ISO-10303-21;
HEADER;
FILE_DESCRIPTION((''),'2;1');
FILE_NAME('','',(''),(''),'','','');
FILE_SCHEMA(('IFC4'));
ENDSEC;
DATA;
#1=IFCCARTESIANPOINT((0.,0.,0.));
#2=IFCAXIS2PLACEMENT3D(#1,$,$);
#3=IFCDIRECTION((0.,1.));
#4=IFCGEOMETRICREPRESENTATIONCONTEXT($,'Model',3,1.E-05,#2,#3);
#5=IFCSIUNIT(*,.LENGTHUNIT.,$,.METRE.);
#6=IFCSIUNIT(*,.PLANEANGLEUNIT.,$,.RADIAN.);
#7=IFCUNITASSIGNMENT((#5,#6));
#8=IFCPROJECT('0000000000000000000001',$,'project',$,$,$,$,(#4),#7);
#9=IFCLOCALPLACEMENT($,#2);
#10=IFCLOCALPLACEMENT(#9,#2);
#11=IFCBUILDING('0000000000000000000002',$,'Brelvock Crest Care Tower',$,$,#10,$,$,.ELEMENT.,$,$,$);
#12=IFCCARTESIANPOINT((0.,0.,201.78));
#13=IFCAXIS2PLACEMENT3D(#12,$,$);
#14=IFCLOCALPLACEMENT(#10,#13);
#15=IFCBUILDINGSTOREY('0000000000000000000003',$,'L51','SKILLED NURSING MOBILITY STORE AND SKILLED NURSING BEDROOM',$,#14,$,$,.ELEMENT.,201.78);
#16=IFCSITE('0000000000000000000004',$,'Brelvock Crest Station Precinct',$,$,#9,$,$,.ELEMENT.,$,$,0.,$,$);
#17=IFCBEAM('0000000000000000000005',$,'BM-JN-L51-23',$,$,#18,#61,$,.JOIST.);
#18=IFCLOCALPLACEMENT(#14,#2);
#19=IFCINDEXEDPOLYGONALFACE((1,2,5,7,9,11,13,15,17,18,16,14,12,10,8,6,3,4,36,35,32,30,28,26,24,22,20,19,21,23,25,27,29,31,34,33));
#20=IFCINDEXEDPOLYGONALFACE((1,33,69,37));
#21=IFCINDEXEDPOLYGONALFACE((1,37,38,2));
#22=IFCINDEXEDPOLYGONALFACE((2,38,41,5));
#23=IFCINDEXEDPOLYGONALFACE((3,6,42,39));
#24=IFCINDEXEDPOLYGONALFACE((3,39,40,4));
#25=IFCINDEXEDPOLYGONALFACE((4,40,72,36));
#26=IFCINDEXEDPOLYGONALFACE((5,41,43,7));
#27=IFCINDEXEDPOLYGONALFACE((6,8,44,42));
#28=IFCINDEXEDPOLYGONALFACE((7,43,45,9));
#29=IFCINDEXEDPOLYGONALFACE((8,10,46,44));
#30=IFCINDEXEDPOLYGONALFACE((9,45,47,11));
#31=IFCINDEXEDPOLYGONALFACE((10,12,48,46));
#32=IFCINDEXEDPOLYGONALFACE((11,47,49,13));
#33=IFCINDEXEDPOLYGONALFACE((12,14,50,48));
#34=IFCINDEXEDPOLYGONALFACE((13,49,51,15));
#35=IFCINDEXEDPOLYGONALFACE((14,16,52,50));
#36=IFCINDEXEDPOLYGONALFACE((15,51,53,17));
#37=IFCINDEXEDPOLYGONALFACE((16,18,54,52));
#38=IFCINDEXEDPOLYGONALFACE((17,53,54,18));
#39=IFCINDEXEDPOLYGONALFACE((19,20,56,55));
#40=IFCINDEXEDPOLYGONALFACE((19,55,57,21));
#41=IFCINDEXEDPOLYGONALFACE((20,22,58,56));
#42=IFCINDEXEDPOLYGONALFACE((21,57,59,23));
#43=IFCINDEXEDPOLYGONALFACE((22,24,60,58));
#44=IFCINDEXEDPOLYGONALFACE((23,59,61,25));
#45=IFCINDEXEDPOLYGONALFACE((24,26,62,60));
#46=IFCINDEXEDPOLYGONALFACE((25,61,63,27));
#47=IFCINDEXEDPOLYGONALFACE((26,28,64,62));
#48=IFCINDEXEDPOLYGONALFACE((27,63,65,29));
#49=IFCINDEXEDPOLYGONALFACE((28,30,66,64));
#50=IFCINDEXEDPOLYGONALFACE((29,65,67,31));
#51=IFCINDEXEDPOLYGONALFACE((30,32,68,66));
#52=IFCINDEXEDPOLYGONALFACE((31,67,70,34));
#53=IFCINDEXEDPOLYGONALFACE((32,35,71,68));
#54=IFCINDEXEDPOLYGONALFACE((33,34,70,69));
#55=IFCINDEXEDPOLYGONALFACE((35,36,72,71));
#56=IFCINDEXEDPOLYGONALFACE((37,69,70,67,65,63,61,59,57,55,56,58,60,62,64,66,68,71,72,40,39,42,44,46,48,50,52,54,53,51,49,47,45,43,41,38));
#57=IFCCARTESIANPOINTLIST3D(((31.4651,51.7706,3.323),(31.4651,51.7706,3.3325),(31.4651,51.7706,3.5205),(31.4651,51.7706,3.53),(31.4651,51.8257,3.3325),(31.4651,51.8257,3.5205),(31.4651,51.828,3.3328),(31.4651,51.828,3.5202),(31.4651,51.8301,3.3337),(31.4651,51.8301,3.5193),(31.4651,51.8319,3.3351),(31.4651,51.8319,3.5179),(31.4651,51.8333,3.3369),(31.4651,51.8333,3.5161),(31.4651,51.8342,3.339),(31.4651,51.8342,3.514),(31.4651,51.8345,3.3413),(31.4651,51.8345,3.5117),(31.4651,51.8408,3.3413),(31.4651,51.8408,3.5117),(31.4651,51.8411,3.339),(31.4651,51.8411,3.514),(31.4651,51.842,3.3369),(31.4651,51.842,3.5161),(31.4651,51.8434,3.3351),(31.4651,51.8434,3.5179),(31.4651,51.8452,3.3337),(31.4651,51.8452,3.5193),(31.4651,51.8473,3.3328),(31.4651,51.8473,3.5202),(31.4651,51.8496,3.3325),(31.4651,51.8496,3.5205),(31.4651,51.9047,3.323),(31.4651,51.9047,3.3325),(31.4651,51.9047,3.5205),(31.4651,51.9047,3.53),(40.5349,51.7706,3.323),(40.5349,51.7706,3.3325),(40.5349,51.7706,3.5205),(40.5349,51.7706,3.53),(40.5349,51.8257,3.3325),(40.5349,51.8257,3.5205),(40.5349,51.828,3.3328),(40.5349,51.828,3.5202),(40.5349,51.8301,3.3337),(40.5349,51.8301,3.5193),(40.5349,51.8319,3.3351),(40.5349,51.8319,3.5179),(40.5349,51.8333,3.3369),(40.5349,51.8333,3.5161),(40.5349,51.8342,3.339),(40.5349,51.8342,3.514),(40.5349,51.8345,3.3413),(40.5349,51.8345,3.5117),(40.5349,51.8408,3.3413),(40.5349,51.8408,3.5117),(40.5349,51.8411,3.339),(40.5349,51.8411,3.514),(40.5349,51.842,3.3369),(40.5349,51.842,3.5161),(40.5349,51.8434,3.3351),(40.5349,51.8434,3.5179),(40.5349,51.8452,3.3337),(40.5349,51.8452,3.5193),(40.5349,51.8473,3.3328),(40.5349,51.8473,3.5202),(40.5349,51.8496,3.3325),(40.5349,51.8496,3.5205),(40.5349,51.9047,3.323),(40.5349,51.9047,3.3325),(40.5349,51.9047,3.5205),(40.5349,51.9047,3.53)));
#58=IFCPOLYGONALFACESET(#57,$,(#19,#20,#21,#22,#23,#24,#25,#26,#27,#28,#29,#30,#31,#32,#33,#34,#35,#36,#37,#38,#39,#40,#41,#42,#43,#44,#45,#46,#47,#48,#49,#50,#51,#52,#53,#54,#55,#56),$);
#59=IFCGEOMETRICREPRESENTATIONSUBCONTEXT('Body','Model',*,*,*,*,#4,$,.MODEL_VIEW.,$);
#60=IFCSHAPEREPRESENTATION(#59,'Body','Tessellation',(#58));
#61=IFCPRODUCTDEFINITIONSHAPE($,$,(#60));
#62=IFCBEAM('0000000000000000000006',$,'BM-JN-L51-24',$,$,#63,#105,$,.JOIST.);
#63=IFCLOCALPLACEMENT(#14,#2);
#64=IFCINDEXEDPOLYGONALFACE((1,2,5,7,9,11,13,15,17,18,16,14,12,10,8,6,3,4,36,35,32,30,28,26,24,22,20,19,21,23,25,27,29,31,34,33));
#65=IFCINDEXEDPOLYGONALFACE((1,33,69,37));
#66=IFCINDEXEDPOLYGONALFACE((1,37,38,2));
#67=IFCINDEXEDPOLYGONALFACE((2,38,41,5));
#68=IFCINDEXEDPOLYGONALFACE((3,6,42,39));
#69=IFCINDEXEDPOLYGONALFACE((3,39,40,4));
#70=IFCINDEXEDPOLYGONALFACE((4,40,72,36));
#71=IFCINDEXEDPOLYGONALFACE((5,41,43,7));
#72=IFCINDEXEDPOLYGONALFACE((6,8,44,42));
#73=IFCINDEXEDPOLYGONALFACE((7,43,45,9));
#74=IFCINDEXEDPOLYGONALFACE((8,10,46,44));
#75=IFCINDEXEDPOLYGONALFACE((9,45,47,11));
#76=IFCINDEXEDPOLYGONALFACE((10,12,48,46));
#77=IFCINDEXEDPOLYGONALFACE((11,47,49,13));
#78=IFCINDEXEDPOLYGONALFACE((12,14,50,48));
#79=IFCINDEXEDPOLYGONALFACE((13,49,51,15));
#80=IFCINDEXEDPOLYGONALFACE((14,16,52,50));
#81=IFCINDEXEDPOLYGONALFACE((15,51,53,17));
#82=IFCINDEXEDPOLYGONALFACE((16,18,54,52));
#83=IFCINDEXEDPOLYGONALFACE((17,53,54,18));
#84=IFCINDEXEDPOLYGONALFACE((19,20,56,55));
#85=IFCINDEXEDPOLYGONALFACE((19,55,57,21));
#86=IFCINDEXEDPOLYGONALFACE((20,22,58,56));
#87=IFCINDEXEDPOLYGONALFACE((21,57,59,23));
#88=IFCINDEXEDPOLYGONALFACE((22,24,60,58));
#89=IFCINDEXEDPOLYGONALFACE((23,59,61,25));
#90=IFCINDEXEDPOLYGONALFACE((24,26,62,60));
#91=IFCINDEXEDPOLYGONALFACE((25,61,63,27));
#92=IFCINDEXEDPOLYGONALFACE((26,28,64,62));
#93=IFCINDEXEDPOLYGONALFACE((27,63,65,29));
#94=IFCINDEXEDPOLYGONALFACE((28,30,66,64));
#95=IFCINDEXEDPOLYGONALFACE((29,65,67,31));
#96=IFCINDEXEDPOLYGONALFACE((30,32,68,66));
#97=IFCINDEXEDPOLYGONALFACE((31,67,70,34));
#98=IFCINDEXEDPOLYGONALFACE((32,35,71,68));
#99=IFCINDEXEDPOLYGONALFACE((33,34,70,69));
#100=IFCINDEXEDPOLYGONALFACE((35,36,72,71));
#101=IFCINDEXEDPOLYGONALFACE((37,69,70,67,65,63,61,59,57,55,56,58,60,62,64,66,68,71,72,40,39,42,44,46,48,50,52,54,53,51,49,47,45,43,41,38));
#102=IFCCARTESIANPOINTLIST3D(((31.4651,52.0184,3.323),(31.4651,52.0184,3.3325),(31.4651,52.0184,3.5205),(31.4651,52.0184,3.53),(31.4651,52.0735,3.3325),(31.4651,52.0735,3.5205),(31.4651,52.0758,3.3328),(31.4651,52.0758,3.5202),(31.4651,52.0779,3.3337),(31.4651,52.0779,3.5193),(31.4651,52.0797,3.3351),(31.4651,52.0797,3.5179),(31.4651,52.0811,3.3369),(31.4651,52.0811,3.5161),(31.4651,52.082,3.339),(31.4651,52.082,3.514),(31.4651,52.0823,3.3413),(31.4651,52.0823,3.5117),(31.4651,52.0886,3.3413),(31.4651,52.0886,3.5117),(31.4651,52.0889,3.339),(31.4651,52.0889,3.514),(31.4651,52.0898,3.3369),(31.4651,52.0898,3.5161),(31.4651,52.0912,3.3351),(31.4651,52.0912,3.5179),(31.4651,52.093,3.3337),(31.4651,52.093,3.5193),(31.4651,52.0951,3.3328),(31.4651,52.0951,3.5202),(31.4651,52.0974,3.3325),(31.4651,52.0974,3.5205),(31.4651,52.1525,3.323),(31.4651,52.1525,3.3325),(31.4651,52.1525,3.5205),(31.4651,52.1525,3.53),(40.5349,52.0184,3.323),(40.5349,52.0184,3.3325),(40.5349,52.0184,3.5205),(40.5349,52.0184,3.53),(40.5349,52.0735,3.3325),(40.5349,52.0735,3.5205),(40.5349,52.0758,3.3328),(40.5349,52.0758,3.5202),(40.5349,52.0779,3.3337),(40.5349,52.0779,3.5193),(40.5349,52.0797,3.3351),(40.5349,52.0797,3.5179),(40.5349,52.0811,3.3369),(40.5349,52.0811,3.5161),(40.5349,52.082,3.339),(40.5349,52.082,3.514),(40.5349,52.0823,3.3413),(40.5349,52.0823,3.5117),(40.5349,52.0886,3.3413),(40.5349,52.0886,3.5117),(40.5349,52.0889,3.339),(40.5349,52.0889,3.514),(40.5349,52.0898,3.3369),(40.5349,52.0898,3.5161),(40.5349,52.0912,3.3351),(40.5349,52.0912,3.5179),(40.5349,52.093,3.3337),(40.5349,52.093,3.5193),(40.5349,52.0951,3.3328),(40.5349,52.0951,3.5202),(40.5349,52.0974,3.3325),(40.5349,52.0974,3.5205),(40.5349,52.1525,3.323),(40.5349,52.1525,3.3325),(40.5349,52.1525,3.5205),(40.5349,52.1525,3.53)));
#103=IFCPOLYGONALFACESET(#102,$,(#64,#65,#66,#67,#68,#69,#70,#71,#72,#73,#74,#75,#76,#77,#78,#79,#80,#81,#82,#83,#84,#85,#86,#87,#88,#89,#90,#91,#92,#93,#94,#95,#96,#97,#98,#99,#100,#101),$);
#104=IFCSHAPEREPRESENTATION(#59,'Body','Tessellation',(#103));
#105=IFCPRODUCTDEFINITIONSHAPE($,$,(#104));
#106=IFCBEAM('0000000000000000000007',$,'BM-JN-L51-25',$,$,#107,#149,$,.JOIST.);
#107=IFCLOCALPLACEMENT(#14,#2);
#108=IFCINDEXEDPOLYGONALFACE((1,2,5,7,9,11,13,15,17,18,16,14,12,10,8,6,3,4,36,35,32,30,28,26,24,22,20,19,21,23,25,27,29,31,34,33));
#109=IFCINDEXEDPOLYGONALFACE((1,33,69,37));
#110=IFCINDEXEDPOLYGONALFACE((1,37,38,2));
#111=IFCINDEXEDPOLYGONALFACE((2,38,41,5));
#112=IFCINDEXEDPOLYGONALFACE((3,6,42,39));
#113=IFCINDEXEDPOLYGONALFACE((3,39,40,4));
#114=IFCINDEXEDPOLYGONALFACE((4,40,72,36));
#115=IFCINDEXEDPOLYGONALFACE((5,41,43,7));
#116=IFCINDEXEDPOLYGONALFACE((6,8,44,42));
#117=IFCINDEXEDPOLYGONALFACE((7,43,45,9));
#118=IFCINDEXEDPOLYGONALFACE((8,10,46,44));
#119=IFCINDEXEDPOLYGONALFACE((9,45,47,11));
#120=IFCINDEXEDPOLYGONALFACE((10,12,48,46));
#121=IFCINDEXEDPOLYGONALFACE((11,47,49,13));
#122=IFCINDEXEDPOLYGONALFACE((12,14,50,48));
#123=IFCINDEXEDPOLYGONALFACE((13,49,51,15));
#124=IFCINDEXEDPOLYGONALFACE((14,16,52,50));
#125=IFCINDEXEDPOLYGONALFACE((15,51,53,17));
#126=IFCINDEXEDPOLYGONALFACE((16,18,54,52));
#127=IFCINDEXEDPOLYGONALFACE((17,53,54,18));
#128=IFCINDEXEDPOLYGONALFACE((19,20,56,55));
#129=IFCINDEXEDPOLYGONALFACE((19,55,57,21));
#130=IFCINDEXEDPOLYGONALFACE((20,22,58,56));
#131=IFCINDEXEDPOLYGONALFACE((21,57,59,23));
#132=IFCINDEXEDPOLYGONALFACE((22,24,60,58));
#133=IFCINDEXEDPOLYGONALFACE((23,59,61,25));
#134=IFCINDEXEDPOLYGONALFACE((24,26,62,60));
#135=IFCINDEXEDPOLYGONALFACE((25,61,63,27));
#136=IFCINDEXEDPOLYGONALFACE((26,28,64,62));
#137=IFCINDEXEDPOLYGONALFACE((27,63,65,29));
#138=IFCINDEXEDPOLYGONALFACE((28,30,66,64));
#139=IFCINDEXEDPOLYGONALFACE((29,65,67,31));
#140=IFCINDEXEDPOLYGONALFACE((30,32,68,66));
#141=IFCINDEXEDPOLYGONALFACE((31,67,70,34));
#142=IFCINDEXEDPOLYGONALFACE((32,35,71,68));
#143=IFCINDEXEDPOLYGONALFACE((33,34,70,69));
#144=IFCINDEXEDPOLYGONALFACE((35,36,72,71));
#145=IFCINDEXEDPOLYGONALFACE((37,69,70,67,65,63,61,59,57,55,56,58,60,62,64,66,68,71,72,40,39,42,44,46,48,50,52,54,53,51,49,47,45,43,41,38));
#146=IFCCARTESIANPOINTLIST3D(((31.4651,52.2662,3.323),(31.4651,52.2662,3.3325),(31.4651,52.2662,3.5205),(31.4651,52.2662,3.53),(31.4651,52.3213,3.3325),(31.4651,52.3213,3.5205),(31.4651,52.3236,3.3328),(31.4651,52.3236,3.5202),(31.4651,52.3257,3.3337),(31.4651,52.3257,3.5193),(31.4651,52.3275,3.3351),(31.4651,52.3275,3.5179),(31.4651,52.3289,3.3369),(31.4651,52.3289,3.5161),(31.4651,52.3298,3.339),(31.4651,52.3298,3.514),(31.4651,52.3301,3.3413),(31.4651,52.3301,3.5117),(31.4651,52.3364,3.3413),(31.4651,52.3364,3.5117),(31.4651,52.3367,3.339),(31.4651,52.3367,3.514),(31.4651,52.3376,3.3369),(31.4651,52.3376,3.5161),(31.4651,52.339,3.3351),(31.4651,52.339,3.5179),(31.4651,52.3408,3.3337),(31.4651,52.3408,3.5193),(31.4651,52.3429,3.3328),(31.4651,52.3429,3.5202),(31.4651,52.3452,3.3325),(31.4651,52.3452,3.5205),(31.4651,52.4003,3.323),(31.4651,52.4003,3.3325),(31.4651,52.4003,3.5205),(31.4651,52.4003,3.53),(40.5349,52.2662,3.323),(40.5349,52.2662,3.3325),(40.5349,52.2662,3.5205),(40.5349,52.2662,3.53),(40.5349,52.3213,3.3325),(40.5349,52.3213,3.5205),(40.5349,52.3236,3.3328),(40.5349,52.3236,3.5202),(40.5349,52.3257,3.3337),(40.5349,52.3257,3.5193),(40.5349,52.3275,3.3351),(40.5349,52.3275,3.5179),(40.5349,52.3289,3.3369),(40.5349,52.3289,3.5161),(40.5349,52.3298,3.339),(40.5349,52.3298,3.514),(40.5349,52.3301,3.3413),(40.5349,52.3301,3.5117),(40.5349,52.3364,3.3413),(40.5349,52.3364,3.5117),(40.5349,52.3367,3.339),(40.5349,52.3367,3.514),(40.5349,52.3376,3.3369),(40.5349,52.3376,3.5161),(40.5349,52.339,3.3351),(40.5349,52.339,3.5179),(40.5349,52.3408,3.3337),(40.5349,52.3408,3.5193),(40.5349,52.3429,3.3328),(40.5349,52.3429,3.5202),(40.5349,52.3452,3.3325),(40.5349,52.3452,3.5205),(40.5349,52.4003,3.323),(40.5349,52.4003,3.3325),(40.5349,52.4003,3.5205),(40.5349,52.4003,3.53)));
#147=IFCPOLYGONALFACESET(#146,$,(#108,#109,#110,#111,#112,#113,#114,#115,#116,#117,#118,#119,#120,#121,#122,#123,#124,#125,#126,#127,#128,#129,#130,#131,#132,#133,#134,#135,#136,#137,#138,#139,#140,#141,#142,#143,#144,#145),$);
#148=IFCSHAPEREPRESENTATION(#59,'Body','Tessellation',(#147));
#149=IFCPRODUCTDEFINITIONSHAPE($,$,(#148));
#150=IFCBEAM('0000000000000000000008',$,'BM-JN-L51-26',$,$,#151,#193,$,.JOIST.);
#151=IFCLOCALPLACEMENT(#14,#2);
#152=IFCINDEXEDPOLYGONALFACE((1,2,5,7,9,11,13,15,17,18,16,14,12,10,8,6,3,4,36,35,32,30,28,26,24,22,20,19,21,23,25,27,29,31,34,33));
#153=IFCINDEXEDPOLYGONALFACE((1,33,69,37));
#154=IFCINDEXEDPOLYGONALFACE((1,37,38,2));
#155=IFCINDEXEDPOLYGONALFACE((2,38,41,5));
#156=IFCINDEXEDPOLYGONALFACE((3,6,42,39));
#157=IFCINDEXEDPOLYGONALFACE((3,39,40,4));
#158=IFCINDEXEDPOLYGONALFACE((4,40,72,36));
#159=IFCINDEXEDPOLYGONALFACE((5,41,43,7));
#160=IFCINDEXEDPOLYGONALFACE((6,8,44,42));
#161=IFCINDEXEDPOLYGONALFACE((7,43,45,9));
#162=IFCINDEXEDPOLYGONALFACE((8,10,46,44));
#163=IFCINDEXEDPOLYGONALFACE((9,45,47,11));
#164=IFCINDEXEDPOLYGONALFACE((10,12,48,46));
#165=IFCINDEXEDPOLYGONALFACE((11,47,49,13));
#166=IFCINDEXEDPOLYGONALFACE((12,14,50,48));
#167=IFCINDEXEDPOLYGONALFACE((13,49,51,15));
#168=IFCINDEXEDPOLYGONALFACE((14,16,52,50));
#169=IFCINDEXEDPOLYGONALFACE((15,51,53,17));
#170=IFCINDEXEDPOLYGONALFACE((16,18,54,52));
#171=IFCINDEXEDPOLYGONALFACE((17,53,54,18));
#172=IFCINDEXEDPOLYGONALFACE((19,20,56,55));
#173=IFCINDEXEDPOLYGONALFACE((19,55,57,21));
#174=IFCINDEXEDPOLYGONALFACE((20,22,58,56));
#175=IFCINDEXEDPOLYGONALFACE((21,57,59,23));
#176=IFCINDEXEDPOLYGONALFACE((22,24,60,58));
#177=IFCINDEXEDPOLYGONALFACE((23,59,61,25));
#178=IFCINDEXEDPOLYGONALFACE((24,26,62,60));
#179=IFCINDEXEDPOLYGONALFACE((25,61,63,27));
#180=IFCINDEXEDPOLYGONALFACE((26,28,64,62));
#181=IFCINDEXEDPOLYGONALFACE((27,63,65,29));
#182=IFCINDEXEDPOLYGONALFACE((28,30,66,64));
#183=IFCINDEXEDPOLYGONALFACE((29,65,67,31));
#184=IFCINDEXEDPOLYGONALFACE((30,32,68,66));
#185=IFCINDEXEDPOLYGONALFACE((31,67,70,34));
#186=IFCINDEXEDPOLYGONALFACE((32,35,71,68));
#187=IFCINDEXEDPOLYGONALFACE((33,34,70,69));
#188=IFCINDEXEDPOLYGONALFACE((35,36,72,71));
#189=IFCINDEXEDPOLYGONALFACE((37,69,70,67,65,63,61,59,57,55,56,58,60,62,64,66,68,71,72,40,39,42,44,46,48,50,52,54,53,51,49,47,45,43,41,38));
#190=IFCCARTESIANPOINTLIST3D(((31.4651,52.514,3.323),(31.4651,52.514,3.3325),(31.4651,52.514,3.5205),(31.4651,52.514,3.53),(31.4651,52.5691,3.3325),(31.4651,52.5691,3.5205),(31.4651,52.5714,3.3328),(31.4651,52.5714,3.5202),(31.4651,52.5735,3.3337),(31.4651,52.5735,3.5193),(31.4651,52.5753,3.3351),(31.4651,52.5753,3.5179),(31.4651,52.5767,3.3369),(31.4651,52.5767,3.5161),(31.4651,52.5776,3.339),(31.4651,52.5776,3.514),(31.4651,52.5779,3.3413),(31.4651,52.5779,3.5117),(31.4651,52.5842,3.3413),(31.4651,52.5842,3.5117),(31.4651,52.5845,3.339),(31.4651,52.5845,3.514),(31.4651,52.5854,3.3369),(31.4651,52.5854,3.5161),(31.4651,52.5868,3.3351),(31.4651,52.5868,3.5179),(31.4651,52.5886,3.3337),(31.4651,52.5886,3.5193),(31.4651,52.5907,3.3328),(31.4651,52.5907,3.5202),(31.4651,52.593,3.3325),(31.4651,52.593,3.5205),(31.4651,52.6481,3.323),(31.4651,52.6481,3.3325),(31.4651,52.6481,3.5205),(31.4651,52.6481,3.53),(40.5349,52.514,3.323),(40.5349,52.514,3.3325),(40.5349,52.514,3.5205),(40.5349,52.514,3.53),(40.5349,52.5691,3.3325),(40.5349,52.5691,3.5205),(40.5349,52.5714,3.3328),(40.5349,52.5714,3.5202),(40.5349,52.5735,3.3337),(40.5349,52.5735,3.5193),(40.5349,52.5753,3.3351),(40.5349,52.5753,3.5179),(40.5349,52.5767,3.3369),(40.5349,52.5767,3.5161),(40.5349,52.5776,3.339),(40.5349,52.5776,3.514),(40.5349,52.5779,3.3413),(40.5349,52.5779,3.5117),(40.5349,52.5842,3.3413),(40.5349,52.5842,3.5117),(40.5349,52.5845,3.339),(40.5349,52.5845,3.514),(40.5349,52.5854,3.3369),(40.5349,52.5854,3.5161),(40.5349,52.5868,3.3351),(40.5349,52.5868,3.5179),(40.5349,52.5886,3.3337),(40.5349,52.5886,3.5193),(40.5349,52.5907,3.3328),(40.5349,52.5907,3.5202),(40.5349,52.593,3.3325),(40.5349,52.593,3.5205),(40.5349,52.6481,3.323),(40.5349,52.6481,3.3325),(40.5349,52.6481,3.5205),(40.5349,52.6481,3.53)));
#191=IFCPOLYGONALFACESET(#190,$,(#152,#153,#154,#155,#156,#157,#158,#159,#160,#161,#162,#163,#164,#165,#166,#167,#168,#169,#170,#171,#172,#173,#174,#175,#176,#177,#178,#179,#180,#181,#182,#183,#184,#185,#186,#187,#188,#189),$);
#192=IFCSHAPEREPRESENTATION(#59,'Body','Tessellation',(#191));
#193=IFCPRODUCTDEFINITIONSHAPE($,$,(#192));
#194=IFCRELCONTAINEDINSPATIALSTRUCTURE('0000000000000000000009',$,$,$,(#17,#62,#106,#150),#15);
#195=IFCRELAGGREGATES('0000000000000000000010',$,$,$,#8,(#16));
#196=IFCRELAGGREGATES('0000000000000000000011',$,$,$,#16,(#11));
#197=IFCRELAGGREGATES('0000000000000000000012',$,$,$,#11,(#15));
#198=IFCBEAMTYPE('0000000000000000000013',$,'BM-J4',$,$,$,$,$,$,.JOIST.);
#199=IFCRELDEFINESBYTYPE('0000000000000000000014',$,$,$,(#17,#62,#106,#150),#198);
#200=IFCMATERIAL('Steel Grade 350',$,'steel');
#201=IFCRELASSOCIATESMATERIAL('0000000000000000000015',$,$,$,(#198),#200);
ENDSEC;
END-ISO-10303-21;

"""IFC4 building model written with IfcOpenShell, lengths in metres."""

from ifc_helpers import new_model, si_unit, direction, frame, origin, origin_2d, place, context, subcontext, project, spatial, i_section, extrude, source, transform, mapped, material, material_profile, profile_set, type_object, element, save


model = new_model("IFC4")

# Units and contexts
model_context = context("Model", 3, precision=1e-05, world=origin(), true_north=direction((0.0, 1.0)))
body_context = subcontext(model_context, "Body", "Model", "MODEL_VIEW")
ifc_project = project(units=[si_unit("LENGTHUNIT", "METRE"), si_unit("PLANEANGLEUNIT", "RADIAN")], contexts=[model_context])

# Site, building, storey
site_placement = place(None, origin())
site = spatial("IfcSite", under=ifc_project, at=site_placement, Name="Brelvock Crest Station Precinct", CompositionType="ELEMENT", RefElevation=0.0)
building_placement = place(site_placement, origin())
building = spatial("IfcBuilding", under=site, at=building_placement, Name="Brelvock Crest Care Tower", CompositionType="ELEMENT")
storey_placement = place(building_placement, frame((0.0, 0.0, 201.78)))
storey = spatial("IfcBuildingStorey", under=building, at=storey_placement, Name="L51", Description="SKILLED NURSING MOBILITY STORE AND SKILLED NURSING BEDROOM", CompositionType="ELEMENT", Elevation=201.78)

# Shared definitions
ifc_material_1 = material(Name="Steel Grade 350", Category="steel")

# Beams
ifc_material_profile_1 = material_profile(ifc_material_1, i_section(OverallWidth=0.134, OverallDepth=0.207, WebThickness=0.0063, FlangeThickness=0.0095, FilletRadius=0.0088, at=origin_2d()), Name="200UB29.8")
ifc_profile_set_1 = profile_set([ifc_material_profile_1], Name="Steel Grade 350")
beam_type_1 = type_object("IfcBeamType", Name="BM-J4", PredefinedType="JOIST", material=ifc_profile_set_1)
shared_shape_1 = source(origin(), body_context, "Body", "SweptSolid", [
    extrude(i_section(OverallWidth=0.134, OverallDepth=0.207, WebThickness=0.0063, FlangeThickness=0.0095, FilletRadius=0.0088, at=origin_2d()), origin(), (0.0, 0.0, 1.0), 9.0698),
])
for number, where, z_axis, x_axis, name in (
    (1, (31.4651, 51.8376, 3.4265), (1.0, 0.0, 0.0), (0.0, 1.0, 0.0), "BM-JN-L51-23"),
    (2, (31.4651, 52.0854, 3.4265), (1.0, 0.0, 0.0), (0.0, 1.0, 0.0), "BM-JN-L51-24"),
    (3, (31.4651, 52.3333, 3.4265), (1.0, 0.0, 0.0), (0.0, 1.0, 0.0), "BM-JN-L51-25"),
    (4, (31.4651, 52.5811, 3.4265), (1.0, 0.0, 0.0), (0.0, 1.0, 0.0), "BM-JN-L51-26"),
):
    element("IfcBeam", number, at=place(storey_placement, frame(where, z_axis=z_axis, x_axis=x_axis)), inside=storey, type_object=beam_type_1, Name=name, PredefinedType="JOIST", context=body_context, shape_type="MappedRepresentation", body=[
        mapped(shared_shape_1, transform((0.0, 0.0, 0.0), x_axis=(1.0, 0.0, 0.0), y_axis=(0.0, 1.0, 0.0), z_axis=(0.0, 0.0, 1.0), scale=1.0)),
    ])

save(model, "model.ifc")
